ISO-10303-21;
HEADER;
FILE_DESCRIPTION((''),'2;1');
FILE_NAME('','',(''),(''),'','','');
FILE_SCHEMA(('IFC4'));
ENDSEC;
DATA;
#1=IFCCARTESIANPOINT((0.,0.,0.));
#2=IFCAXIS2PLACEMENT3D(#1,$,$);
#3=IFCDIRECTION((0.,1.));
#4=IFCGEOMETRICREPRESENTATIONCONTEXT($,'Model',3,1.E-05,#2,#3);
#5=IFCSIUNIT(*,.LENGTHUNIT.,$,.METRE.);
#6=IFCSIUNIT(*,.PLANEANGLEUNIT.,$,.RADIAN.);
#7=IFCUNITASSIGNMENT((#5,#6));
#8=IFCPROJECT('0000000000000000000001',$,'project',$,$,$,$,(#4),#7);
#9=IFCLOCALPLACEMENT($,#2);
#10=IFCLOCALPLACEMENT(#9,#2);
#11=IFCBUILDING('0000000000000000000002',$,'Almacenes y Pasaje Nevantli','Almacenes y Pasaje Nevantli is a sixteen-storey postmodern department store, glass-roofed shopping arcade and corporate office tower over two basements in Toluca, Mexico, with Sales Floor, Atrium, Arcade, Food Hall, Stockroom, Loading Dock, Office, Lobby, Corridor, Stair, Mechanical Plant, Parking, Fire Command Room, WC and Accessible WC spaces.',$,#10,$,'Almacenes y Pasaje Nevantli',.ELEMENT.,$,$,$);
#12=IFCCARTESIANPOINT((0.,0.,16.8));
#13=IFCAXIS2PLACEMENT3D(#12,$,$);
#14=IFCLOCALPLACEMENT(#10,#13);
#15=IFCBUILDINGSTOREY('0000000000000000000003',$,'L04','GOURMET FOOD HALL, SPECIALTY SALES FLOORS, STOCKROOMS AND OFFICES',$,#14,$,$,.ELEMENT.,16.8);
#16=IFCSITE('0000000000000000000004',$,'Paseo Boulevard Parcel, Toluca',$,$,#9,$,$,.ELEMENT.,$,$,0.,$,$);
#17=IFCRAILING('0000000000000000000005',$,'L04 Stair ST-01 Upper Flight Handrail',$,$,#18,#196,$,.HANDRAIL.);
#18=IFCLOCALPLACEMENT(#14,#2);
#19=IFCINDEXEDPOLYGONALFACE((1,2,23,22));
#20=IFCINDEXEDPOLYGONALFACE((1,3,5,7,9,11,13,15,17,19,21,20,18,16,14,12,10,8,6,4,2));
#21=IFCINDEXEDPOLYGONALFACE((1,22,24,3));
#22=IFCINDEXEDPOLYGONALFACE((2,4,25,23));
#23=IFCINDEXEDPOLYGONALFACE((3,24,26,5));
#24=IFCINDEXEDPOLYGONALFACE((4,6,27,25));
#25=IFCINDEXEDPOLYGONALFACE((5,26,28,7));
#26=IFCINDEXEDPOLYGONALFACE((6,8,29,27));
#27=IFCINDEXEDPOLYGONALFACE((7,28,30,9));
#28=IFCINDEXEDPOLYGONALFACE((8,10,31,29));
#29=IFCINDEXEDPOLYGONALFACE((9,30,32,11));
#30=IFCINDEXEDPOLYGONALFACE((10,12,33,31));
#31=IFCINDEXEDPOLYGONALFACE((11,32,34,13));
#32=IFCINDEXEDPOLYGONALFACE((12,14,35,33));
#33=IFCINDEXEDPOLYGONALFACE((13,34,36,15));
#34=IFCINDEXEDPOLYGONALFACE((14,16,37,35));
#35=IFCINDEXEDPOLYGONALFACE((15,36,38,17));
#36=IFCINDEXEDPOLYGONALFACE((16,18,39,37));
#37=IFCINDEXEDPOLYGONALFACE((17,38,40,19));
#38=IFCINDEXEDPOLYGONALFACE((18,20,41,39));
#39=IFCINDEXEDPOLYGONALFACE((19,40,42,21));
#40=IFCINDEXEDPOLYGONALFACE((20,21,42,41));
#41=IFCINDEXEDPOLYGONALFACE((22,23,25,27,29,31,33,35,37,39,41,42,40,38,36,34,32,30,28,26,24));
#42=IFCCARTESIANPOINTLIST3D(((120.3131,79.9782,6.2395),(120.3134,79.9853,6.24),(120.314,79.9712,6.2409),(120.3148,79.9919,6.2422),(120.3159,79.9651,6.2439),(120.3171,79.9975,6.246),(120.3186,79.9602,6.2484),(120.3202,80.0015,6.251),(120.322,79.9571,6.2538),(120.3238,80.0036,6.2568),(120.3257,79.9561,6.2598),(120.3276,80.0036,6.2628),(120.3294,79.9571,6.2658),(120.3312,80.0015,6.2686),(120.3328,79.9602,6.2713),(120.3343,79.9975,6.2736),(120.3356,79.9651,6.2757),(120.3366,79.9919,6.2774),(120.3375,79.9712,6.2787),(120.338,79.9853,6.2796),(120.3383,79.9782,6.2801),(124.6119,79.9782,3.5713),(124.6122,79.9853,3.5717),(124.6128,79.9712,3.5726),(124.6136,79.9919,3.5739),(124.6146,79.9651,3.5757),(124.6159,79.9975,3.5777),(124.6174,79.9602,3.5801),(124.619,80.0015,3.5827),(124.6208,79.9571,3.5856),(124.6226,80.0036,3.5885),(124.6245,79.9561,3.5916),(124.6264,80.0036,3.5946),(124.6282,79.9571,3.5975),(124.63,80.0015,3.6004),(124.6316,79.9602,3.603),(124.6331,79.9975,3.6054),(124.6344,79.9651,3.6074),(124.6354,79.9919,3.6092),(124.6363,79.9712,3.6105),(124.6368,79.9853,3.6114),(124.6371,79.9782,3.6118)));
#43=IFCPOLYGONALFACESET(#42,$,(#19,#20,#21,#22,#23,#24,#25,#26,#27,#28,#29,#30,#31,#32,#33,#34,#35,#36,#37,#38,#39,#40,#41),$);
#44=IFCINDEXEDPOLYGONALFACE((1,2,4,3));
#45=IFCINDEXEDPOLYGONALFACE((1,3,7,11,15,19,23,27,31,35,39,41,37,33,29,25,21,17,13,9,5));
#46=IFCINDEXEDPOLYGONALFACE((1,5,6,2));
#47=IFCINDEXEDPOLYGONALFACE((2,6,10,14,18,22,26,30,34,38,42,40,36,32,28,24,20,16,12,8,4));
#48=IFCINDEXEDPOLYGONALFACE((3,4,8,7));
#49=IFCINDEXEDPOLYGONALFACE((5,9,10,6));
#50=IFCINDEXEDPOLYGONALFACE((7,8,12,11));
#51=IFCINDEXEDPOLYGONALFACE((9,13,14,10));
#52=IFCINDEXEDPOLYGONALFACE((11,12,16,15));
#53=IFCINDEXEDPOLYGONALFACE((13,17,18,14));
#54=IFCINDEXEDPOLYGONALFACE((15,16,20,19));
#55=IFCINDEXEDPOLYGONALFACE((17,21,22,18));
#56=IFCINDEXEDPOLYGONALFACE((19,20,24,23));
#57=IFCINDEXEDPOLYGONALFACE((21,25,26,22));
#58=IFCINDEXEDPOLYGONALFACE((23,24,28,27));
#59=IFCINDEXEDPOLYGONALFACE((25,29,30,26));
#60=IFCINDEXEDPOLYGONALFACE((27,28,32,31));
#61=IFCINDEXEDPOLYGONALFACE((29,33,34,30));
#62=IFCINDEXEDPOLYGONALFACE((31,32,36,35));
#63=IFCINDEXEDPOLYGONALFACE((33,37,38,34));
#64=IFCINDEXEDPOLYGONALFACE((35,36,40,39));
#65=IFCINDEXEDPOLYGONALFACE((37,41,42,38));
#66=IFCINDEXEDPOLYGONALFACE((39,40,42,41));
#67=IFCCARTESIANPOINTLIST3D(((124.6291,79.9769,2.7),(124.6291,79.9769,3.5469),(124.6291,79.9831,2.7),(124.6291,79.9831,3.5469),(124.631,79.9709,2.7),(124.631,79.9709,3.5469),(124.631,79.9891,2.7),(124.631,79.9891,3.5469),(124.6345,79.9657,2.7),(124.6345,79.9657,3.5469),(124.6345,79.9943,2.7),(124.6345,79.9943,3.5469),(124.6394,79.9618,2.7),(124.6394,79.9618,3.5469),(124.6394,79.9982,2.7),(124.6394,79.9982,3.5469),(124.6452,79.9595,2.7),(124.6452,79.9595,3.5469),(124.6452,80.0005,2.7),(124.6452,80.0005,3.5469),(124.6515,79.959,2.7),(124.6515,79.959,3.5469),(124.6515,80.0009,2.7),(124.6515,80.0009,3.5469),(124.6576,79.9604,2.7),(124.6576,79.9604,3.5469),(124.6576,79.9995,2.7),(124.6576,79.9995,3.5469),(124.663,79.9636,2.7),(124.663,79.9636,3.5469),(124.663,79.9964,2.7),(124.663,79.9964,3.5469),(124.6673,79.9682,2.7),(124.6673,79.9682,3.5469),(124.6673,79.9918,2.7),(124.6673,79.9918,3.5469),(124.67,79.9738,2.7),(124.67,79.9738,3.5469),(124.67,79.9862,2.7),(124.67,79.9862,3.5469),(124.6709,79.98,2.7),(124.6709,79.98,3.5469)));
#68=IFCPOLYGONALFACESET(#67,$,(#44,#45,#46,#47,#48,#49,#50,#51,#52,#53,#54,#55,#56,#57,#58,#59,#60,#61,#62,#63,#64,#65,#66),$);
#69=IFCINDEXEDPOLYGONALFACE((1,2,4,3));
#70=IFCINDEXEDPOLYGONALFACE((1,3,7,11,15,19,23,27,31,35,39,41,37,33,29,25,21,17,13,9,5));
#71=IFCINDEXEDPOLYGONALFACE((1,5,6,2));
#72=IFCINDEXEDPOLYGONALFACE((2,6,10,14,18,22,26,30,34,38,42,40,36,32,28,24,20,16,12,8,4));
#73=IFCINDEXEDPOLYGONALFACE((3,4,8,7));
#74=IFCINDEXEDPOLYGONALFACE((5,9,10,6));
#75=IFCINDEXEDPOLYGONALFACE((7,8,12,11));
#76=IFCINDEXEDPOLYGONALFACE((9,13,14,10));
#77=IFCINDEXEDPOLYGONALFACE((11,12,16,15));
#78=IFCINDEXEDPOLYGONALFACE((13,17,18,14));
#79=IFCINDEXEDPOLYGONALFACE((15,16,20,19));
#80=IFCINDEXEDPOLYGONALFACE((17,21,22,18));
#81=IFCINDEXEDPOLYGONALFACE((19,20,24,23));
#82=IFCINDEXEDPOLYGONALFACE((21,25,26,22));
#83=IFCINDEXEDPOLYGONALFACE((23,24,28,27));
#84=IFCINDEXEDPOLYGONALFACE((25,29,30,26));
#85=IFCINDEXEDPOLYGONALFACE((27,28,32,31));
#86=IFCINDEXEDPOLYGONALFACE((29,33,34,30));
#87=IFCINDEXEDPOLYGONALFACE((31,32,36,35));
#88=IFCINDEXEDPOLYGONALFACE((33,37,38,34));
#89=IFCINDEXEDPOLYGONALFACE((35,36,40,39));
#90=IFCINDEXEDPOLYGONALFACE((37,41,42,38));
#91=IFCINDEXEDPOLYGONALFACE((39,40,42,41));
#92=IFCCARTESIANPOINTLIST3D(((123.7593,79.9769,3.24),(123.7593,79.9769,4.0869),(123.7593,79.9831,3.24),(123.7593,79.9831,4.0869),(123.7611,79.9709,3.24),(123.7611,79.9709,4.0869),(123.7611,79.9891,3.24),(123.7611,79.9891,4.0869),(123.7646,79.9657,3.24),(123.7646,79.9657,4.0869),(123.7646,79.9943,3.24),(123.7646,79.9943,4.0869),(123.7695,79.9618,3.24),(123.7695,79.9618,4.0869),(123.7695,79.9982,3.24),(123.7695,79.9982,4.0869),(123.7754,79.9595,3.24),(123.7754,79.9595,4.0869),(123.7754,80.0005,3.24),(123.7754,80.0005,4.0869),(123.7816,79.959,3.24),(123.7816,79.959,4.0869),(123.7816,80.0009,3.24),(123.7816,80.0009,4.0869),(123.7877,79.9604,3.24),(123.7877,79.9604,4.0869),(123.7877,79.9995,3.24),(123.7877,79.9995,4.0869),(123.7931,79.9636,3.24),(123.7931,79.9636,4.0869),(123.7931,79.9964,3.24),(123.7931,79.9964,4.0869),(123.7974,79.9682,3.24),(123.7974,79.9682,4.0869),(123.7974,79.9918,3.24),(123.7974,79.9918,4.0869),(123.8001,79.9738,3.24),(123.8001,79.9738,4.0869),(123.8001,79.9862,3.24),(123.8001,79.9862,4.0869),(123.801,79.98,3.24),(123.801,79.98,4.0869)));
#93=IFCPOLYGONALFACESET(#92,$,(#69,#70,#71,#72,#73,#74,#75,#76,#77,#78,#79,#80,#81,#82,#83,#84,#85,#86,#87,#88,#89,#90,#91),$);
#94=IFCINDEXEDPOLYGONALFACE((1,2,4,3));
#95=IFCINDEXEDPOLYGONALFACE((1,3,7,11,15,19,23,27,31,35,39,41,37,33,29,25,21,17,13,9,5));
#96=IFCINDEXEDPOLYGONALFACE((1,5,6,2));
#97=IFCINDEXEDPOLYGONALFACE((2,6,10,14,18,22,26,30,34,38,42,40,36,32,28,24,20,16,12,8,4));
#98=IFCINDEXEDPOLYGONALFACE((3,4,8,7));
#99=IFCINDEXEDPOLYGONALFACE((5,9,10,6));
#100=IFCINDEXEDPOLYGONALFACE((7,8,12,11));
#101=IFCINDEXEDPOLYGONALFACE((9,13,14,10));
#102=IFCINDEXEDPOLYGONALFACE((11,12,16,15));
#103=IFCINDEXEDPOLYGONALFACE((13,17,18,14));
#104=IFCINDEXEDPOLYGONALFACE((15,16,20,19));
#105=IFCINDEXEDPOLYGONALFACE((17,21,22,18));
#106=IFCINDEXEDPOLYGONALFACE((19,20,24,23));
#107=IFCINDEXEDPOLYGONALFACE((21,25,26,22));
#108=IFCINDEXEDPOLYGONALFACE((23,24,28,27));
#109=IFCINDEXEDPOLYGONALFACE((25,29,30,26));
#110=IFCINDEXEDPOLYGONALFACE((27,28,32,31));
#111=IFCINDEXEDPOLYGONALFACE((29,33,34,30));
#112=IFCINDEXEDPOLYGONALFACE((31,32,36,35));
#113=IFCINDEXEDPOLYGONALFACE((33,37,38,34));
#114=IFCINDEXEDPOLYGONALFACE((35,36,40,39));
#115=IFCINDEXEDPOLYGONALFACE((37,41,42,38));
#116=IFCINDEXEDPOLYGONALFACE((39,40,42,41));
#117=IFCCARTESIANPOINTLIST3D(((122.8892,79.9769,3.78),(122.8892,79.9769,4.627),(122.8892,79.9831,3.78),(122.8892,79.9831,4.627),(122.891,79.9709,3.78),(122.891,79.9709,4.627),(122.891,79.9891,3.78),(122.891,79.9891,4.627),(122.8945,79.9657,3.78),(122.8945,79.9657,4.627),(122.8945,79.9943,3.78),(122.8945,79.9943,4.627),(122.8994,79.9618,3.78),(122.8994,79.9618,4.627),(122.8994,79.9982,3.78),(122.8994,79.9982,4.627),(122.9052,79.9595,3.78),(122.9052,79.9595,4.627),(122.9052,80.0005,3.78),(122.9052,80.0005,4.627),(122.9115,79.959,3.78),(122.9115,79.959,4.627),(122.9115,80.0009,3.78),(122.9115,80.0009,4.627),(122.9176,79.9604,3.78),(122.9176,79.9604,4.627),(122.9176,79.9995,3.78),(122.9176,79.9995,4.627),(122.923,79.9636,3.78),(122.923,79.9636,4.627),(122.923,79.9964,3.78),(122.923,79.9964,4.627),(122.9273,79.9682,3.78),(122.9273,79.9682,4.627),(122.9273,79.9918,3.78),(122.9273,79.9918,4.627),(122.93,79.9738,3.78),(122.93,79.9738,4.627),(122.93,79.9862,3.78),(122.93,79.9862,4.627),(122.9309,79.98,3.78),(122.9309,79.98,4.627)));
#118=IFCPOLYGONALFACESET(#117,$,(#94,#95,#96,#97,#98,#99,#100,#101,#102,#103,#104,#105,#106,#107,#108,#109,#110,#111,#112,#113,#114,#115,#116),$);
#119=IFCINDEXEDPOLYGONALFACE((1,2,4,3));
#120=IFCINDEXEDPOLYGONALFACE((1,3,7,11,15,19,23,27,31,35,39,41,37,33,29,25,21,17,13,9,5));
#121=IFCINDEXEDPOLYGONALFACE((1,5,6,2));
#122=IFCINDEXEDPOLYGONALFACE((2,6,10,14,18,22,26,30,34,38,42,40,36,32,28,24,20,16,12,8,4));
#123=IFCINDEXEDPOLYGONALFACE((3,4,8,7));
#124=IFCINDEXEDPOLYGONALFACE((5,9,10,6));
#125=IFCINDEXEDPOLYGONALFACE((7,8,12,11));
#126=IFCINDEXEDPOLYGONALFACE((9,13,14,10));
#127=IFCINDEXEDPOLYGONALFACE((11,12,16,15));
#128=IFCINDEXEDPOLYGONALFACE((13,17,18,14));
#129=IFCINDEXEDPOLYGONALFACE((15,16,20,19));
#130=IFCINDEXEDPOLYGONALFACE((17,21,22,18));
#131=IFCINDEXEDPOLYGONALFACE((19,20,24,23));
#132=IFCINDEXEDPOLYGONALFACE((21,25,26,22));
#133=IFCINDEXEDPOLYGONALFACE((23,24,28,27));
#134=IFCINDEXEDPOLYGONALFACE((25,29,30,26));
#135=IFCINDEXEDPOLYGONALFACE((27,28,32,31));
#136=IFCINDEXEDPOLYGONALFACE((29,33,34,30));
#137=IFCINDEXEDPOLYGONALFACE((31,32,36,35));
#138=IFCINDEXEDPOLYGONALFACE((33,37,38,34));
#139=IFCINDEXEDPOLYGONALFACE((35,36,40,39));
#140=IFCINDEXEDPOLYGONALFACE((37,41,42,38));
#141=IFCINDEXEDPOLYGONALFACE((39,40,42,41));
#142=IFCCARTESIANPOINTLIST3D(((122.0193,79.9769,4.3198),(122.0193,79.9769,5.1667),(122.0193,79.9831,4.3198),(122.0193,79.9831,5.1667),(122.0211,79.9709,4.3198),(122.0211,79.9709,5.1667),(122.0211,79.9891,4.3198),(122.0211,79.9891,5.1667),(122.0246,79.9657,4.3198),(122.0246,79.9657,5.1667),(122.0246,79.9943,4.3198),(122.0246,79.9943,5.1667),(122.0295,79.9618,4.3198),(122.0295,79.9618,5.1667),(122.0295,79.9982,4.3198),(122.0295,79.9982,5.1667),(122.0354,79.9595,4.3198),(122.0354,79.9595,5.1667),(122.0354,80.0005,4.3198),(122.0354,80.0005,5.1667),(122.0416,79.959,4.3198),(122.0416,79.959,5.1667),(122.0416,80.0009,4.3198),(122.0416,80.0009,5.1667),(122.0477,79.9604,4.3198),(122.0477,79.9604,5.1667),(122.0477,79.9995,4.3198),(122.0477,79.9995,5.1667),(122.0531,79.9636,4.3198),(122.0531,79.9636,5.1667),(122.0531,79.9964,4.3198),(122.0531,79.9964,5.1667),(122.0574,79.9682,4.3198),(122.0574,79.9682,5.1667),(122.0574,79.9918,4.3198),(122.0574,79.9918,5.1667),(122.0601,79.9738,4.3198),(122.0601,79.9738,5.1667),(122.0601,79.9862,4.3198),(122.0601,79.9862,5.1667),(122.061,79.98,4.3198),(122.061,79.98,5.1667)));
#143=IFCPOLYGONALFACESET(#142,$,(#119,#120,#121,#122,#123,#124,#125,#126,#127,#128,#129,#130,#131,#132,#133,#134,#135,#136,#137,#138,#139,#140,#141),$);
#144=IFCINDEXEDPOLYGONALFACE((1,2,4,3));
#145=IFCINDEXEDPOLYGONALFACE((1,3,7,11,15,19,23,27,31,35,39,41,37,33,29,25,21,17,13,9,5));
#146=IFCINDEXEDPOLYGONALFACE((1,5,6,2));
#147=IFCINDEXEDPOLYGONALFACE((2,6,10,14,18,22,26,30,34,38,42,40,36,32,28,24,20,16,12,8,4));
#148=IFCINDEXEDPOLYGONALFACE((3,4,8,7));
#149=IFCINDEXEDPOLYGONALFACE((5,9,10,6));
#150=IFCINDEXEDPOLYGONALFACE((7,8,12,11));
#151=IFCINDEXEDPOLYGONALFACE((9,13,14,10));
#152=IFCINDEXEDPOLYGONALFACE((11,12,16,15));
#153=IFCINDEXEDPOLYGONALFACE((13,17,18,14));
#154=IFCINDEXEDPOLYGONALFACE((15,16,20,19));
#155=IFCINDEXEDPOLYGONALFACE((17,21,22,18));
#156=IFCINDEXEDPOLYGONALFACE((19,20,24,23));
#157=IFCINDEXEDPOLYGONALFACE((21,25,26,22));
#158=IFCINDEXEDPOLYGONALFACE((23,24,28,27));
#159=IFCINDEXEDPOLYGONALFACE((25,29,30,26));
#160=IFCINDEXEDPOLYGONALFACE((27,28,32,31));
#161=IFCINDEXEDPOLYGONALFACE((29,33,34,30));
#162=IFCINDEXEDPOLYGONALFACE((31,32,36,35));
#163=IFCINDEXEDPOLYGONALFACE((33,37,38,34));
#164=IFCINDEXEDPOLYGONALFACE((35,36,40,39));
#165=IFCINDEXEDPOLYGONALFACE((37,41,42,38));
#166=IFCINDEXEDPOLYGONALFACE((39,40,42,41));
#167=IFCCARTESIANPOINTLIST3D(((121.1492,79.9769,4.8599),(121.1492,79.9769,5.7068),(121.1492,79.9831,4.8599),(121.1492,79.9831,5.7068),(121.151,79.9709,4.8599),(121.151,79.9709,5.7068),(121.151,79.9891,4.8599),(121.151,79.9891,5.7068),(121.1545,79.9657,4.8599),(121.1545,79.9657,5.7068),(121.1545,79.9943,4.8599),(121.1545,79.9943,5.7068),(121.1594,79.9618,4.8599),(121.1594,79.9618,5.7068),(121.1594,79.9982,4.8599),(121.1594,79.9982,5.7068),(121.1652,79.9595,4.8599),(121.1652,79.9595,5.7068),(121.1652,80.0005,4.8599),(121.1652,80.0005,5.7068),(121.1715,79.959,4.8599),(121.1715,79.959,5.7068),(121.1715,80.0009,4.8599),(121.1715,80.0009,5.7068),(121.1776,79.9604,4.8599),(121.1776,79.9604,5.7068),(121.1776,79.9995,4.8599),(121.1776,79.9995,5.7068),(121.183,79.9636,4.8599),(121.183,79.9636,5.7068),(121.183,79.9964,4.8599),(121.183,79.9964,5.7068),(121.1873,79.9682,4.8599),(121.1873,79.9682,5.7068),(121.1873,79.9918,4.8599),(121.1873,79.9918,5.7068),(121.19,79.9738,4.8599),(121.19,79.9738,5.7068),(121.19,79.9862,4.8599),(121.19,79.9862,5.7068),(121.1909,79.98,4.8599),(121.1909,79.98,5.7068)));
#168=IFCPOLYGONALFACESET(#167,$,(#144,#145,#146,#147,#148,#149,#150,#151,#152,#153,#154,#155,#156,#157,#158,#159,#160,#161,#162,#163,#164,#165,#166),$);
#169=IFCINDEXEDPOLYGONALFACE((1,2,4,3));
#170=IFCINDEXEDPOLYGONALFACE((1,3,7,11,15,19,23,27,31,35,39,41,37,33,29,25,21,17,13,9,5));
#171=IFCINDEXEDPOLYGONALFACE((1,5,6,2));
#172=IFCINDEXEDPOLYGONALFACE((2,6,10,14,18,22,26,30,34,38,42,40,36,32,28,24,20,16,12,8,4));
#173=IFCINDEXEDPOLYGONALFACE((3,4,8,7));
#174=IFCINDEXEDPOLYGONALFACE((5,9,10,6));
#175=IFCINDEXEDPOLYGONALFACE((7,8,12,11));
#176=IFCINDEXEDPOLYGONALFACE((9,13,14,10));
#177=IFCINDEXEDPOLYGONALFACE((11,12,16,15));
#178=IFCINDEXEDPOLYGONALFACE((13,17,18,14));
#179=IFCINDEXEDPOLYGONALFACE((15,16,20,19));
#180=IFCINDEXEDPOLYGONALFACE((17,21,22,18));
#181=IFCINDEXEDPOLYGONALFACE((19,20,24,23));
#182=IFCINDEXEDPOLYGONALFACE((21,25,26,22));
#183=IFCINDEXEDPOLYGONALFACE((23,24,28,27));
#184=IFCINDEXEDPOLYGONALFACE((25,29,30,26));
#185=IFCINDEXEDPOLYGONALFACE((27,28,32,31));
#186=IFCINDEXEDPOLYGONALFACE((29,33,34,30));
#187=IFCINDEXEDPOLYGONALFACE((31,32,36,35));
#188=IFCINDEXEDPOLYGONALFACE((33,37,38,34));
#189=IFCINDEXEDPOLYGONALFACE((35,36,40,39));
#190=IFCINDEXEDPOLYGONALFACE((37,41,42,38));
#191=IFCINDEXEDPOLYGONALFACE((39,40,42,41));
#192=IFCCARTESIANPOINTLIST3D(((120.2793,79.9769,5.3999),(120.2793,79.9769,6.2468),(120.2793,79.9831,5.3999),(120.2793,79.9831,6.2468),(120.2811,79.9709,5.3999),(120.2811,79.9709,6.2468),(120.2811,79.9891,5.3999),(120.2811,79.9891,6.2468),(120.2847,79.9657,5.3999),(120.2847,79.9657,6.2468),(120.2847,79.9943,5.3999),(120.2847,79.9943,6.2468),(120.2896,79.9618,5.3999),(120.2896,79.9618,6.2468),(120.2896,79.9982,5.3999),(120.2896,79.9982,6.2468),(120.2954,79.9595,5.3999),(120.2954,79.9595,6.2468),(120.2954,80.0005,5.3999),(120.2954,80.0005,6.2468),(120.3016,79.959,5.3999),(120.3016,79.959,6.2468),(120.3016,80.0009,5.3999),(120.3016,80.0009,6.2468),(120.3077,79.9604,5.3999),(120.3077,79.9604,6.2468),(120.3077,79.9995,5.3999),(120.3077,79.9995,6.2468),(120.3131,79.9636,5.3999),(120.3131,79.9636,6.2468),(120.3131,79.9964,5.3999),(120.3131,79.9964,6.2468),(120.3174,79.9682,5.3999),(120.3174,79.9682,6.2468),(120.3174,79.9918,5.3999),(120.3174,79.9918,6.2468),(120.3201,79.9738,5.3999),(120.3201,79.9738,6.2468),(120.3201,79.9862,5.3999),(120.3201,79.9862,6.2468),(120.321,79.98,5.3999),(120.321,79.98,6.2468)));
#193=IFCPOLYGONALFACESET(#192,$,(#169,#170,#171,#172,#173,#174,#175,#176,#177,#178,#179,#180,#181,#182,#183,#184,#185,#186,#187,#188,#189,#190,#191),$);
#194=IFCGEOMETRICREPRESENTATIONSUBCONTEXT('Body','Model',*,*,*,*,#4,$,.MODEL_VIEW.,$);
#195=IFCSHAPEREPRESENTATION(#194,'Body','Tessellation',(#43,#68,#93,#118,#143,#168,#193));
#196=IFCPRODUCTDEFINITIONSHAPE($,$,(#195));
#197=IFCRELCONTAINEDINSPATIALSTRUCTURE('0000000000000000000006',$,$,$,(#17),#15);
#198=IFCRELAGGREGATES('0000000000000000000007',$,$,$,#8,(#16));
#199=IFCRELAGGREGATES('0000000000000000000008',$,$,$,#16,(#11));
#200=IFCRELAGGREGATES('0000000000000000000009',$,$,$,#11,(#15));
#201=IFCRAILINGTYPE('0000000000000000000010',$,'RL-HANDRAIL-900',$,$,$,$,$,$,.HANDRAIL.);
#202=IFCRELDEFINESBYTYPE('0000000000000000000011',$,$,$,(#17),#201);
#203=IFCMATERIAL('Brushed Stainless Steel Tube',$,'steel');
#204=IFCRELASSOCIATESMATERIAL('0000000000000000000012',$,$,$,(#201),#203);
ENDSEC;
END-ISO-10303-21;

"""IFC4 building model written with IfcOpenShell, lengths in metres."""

from ifc_helpers import new_model, si_unit, direction, frame, origin, origin_2d, place, context, subcontext, project, spatial, circle, extrude, material, type_object, element, save


model = new_model("IFC4")

# Units and contexts
model_context = context("Model", 3, precision=1e-05, world=origin(), true_north=direction((0.0, 1.0)))
body_context = subcontext(model_context, "Body", "Model", "MODEL_VIEW")
ifc_project = project(units=[si_unit("LENGTHUNIT", "METRE"), si_unit("PLANEANGLEUNIT", "RADIAN")], contexts=[model_context])

# Site, building, storey
site_placement = place(None, origin())
site = spatial("IfcSite", under=ifc_project, at=site_placement, Name="Paseo Boulevard Parcel, Toluca", CompositionType="ELEMENT", RefElevation=0.0)
building_placement = place(site_placement, origin())
building = spatial("IfcBuilding", under=site, at=building_placement, Name="Almacenes y Pasaje Nevantli", Description="Almacenes y Pasaje Nevantli is a sixteen-storey postmodern department store, glass-roofed shopping arcade and corporate office tower over two basements in Toluca, Mexico, with Sales Floor, Atrium, Arcade, Food Hall, Stockroom, Loading Dock, Office, Lobby, Corridor, Stair, Mechanical Plant, Parking, Fire Command Room, WC and Accessible WC spaces.", LongName="Almacenes y Pasaje Nevantli", CompositionType="ELEMENT")
storey_placement = place(building_placement, frame((0.0, 0.0, 16.8)))
storey = spatial("IfcBuildingStorey", under=building, at=storey_placement, Name="L04", Description="GOURMET FOOD HALL, SPECIALTY SALES FLOORS, STOCKROOMS AND OFFICES", CompositionType="ELEMENT", Elevation=16.8)

# Railing
ifc_material_1 = material(Name="Brushed Stainless Steel Tube", Category="steel")
railing_type = type_object("IfcRailingType", Name="RL-HANDRAIL-900", PredefinedType="HANDRAIL", material=ifc_material_1)
railing_placement = place(storey_placement, frame((124.6499, 79.98, 2.7)))
element("IfcRailing", 1, at=railing_placement, inside=storey, type_object=railing_type, Name="L04 Stair ST-01 Upper Flight Handrail", PredefinedType="HANDRAIL", context=body_context, shape_type="SweptSolid", body=[
    extrude(circle(Radius=0.0239, at=origin_2d()), frame((-0.0254, 0.0, 0.8916), z_axis=(-0.849636, 0.0, 0.527369), x_axis=(0.0, -1.0, 0.0)), (0.0, 0.0, 1.0), 5.0596),
    extrude(circle(Radius=0.021, at=origin_2d()), origin(), (0.0, 0.0, 1.0), 0.8469),
    extrude(circle(Radius=0.021, at=origin_2d()), frame((-0.8699, 0.0, 0.54)), (0.0, 0.0, 1.0), 0.8469),
    extrude(circle(Radius=0.021, at=origin_2d()), frame((-1.74, 0.0, 1.0801)), (0.0, 0.0, 1.0), 0.8469),
    extrude(circle(Radius=0.021, at=origin_2d()), frame((-2.6099, 0.0, 1.6199)), (0.0, 0.0, 1.0), 0.8469),
    extrude(circle(Radius=0.021, at=origin_2d()), frame((-3.48, 0.0, 2.1599)), (0.0, 0.0, 1.0), 0.8469),
    extrude(circle(Radius=0.021, at=origin_2d()), frame((-4.3499, 0.0, 2.7)), (0.0, 0.0, 1.0), 0.8469),
])

save(model, "model.ifc")
